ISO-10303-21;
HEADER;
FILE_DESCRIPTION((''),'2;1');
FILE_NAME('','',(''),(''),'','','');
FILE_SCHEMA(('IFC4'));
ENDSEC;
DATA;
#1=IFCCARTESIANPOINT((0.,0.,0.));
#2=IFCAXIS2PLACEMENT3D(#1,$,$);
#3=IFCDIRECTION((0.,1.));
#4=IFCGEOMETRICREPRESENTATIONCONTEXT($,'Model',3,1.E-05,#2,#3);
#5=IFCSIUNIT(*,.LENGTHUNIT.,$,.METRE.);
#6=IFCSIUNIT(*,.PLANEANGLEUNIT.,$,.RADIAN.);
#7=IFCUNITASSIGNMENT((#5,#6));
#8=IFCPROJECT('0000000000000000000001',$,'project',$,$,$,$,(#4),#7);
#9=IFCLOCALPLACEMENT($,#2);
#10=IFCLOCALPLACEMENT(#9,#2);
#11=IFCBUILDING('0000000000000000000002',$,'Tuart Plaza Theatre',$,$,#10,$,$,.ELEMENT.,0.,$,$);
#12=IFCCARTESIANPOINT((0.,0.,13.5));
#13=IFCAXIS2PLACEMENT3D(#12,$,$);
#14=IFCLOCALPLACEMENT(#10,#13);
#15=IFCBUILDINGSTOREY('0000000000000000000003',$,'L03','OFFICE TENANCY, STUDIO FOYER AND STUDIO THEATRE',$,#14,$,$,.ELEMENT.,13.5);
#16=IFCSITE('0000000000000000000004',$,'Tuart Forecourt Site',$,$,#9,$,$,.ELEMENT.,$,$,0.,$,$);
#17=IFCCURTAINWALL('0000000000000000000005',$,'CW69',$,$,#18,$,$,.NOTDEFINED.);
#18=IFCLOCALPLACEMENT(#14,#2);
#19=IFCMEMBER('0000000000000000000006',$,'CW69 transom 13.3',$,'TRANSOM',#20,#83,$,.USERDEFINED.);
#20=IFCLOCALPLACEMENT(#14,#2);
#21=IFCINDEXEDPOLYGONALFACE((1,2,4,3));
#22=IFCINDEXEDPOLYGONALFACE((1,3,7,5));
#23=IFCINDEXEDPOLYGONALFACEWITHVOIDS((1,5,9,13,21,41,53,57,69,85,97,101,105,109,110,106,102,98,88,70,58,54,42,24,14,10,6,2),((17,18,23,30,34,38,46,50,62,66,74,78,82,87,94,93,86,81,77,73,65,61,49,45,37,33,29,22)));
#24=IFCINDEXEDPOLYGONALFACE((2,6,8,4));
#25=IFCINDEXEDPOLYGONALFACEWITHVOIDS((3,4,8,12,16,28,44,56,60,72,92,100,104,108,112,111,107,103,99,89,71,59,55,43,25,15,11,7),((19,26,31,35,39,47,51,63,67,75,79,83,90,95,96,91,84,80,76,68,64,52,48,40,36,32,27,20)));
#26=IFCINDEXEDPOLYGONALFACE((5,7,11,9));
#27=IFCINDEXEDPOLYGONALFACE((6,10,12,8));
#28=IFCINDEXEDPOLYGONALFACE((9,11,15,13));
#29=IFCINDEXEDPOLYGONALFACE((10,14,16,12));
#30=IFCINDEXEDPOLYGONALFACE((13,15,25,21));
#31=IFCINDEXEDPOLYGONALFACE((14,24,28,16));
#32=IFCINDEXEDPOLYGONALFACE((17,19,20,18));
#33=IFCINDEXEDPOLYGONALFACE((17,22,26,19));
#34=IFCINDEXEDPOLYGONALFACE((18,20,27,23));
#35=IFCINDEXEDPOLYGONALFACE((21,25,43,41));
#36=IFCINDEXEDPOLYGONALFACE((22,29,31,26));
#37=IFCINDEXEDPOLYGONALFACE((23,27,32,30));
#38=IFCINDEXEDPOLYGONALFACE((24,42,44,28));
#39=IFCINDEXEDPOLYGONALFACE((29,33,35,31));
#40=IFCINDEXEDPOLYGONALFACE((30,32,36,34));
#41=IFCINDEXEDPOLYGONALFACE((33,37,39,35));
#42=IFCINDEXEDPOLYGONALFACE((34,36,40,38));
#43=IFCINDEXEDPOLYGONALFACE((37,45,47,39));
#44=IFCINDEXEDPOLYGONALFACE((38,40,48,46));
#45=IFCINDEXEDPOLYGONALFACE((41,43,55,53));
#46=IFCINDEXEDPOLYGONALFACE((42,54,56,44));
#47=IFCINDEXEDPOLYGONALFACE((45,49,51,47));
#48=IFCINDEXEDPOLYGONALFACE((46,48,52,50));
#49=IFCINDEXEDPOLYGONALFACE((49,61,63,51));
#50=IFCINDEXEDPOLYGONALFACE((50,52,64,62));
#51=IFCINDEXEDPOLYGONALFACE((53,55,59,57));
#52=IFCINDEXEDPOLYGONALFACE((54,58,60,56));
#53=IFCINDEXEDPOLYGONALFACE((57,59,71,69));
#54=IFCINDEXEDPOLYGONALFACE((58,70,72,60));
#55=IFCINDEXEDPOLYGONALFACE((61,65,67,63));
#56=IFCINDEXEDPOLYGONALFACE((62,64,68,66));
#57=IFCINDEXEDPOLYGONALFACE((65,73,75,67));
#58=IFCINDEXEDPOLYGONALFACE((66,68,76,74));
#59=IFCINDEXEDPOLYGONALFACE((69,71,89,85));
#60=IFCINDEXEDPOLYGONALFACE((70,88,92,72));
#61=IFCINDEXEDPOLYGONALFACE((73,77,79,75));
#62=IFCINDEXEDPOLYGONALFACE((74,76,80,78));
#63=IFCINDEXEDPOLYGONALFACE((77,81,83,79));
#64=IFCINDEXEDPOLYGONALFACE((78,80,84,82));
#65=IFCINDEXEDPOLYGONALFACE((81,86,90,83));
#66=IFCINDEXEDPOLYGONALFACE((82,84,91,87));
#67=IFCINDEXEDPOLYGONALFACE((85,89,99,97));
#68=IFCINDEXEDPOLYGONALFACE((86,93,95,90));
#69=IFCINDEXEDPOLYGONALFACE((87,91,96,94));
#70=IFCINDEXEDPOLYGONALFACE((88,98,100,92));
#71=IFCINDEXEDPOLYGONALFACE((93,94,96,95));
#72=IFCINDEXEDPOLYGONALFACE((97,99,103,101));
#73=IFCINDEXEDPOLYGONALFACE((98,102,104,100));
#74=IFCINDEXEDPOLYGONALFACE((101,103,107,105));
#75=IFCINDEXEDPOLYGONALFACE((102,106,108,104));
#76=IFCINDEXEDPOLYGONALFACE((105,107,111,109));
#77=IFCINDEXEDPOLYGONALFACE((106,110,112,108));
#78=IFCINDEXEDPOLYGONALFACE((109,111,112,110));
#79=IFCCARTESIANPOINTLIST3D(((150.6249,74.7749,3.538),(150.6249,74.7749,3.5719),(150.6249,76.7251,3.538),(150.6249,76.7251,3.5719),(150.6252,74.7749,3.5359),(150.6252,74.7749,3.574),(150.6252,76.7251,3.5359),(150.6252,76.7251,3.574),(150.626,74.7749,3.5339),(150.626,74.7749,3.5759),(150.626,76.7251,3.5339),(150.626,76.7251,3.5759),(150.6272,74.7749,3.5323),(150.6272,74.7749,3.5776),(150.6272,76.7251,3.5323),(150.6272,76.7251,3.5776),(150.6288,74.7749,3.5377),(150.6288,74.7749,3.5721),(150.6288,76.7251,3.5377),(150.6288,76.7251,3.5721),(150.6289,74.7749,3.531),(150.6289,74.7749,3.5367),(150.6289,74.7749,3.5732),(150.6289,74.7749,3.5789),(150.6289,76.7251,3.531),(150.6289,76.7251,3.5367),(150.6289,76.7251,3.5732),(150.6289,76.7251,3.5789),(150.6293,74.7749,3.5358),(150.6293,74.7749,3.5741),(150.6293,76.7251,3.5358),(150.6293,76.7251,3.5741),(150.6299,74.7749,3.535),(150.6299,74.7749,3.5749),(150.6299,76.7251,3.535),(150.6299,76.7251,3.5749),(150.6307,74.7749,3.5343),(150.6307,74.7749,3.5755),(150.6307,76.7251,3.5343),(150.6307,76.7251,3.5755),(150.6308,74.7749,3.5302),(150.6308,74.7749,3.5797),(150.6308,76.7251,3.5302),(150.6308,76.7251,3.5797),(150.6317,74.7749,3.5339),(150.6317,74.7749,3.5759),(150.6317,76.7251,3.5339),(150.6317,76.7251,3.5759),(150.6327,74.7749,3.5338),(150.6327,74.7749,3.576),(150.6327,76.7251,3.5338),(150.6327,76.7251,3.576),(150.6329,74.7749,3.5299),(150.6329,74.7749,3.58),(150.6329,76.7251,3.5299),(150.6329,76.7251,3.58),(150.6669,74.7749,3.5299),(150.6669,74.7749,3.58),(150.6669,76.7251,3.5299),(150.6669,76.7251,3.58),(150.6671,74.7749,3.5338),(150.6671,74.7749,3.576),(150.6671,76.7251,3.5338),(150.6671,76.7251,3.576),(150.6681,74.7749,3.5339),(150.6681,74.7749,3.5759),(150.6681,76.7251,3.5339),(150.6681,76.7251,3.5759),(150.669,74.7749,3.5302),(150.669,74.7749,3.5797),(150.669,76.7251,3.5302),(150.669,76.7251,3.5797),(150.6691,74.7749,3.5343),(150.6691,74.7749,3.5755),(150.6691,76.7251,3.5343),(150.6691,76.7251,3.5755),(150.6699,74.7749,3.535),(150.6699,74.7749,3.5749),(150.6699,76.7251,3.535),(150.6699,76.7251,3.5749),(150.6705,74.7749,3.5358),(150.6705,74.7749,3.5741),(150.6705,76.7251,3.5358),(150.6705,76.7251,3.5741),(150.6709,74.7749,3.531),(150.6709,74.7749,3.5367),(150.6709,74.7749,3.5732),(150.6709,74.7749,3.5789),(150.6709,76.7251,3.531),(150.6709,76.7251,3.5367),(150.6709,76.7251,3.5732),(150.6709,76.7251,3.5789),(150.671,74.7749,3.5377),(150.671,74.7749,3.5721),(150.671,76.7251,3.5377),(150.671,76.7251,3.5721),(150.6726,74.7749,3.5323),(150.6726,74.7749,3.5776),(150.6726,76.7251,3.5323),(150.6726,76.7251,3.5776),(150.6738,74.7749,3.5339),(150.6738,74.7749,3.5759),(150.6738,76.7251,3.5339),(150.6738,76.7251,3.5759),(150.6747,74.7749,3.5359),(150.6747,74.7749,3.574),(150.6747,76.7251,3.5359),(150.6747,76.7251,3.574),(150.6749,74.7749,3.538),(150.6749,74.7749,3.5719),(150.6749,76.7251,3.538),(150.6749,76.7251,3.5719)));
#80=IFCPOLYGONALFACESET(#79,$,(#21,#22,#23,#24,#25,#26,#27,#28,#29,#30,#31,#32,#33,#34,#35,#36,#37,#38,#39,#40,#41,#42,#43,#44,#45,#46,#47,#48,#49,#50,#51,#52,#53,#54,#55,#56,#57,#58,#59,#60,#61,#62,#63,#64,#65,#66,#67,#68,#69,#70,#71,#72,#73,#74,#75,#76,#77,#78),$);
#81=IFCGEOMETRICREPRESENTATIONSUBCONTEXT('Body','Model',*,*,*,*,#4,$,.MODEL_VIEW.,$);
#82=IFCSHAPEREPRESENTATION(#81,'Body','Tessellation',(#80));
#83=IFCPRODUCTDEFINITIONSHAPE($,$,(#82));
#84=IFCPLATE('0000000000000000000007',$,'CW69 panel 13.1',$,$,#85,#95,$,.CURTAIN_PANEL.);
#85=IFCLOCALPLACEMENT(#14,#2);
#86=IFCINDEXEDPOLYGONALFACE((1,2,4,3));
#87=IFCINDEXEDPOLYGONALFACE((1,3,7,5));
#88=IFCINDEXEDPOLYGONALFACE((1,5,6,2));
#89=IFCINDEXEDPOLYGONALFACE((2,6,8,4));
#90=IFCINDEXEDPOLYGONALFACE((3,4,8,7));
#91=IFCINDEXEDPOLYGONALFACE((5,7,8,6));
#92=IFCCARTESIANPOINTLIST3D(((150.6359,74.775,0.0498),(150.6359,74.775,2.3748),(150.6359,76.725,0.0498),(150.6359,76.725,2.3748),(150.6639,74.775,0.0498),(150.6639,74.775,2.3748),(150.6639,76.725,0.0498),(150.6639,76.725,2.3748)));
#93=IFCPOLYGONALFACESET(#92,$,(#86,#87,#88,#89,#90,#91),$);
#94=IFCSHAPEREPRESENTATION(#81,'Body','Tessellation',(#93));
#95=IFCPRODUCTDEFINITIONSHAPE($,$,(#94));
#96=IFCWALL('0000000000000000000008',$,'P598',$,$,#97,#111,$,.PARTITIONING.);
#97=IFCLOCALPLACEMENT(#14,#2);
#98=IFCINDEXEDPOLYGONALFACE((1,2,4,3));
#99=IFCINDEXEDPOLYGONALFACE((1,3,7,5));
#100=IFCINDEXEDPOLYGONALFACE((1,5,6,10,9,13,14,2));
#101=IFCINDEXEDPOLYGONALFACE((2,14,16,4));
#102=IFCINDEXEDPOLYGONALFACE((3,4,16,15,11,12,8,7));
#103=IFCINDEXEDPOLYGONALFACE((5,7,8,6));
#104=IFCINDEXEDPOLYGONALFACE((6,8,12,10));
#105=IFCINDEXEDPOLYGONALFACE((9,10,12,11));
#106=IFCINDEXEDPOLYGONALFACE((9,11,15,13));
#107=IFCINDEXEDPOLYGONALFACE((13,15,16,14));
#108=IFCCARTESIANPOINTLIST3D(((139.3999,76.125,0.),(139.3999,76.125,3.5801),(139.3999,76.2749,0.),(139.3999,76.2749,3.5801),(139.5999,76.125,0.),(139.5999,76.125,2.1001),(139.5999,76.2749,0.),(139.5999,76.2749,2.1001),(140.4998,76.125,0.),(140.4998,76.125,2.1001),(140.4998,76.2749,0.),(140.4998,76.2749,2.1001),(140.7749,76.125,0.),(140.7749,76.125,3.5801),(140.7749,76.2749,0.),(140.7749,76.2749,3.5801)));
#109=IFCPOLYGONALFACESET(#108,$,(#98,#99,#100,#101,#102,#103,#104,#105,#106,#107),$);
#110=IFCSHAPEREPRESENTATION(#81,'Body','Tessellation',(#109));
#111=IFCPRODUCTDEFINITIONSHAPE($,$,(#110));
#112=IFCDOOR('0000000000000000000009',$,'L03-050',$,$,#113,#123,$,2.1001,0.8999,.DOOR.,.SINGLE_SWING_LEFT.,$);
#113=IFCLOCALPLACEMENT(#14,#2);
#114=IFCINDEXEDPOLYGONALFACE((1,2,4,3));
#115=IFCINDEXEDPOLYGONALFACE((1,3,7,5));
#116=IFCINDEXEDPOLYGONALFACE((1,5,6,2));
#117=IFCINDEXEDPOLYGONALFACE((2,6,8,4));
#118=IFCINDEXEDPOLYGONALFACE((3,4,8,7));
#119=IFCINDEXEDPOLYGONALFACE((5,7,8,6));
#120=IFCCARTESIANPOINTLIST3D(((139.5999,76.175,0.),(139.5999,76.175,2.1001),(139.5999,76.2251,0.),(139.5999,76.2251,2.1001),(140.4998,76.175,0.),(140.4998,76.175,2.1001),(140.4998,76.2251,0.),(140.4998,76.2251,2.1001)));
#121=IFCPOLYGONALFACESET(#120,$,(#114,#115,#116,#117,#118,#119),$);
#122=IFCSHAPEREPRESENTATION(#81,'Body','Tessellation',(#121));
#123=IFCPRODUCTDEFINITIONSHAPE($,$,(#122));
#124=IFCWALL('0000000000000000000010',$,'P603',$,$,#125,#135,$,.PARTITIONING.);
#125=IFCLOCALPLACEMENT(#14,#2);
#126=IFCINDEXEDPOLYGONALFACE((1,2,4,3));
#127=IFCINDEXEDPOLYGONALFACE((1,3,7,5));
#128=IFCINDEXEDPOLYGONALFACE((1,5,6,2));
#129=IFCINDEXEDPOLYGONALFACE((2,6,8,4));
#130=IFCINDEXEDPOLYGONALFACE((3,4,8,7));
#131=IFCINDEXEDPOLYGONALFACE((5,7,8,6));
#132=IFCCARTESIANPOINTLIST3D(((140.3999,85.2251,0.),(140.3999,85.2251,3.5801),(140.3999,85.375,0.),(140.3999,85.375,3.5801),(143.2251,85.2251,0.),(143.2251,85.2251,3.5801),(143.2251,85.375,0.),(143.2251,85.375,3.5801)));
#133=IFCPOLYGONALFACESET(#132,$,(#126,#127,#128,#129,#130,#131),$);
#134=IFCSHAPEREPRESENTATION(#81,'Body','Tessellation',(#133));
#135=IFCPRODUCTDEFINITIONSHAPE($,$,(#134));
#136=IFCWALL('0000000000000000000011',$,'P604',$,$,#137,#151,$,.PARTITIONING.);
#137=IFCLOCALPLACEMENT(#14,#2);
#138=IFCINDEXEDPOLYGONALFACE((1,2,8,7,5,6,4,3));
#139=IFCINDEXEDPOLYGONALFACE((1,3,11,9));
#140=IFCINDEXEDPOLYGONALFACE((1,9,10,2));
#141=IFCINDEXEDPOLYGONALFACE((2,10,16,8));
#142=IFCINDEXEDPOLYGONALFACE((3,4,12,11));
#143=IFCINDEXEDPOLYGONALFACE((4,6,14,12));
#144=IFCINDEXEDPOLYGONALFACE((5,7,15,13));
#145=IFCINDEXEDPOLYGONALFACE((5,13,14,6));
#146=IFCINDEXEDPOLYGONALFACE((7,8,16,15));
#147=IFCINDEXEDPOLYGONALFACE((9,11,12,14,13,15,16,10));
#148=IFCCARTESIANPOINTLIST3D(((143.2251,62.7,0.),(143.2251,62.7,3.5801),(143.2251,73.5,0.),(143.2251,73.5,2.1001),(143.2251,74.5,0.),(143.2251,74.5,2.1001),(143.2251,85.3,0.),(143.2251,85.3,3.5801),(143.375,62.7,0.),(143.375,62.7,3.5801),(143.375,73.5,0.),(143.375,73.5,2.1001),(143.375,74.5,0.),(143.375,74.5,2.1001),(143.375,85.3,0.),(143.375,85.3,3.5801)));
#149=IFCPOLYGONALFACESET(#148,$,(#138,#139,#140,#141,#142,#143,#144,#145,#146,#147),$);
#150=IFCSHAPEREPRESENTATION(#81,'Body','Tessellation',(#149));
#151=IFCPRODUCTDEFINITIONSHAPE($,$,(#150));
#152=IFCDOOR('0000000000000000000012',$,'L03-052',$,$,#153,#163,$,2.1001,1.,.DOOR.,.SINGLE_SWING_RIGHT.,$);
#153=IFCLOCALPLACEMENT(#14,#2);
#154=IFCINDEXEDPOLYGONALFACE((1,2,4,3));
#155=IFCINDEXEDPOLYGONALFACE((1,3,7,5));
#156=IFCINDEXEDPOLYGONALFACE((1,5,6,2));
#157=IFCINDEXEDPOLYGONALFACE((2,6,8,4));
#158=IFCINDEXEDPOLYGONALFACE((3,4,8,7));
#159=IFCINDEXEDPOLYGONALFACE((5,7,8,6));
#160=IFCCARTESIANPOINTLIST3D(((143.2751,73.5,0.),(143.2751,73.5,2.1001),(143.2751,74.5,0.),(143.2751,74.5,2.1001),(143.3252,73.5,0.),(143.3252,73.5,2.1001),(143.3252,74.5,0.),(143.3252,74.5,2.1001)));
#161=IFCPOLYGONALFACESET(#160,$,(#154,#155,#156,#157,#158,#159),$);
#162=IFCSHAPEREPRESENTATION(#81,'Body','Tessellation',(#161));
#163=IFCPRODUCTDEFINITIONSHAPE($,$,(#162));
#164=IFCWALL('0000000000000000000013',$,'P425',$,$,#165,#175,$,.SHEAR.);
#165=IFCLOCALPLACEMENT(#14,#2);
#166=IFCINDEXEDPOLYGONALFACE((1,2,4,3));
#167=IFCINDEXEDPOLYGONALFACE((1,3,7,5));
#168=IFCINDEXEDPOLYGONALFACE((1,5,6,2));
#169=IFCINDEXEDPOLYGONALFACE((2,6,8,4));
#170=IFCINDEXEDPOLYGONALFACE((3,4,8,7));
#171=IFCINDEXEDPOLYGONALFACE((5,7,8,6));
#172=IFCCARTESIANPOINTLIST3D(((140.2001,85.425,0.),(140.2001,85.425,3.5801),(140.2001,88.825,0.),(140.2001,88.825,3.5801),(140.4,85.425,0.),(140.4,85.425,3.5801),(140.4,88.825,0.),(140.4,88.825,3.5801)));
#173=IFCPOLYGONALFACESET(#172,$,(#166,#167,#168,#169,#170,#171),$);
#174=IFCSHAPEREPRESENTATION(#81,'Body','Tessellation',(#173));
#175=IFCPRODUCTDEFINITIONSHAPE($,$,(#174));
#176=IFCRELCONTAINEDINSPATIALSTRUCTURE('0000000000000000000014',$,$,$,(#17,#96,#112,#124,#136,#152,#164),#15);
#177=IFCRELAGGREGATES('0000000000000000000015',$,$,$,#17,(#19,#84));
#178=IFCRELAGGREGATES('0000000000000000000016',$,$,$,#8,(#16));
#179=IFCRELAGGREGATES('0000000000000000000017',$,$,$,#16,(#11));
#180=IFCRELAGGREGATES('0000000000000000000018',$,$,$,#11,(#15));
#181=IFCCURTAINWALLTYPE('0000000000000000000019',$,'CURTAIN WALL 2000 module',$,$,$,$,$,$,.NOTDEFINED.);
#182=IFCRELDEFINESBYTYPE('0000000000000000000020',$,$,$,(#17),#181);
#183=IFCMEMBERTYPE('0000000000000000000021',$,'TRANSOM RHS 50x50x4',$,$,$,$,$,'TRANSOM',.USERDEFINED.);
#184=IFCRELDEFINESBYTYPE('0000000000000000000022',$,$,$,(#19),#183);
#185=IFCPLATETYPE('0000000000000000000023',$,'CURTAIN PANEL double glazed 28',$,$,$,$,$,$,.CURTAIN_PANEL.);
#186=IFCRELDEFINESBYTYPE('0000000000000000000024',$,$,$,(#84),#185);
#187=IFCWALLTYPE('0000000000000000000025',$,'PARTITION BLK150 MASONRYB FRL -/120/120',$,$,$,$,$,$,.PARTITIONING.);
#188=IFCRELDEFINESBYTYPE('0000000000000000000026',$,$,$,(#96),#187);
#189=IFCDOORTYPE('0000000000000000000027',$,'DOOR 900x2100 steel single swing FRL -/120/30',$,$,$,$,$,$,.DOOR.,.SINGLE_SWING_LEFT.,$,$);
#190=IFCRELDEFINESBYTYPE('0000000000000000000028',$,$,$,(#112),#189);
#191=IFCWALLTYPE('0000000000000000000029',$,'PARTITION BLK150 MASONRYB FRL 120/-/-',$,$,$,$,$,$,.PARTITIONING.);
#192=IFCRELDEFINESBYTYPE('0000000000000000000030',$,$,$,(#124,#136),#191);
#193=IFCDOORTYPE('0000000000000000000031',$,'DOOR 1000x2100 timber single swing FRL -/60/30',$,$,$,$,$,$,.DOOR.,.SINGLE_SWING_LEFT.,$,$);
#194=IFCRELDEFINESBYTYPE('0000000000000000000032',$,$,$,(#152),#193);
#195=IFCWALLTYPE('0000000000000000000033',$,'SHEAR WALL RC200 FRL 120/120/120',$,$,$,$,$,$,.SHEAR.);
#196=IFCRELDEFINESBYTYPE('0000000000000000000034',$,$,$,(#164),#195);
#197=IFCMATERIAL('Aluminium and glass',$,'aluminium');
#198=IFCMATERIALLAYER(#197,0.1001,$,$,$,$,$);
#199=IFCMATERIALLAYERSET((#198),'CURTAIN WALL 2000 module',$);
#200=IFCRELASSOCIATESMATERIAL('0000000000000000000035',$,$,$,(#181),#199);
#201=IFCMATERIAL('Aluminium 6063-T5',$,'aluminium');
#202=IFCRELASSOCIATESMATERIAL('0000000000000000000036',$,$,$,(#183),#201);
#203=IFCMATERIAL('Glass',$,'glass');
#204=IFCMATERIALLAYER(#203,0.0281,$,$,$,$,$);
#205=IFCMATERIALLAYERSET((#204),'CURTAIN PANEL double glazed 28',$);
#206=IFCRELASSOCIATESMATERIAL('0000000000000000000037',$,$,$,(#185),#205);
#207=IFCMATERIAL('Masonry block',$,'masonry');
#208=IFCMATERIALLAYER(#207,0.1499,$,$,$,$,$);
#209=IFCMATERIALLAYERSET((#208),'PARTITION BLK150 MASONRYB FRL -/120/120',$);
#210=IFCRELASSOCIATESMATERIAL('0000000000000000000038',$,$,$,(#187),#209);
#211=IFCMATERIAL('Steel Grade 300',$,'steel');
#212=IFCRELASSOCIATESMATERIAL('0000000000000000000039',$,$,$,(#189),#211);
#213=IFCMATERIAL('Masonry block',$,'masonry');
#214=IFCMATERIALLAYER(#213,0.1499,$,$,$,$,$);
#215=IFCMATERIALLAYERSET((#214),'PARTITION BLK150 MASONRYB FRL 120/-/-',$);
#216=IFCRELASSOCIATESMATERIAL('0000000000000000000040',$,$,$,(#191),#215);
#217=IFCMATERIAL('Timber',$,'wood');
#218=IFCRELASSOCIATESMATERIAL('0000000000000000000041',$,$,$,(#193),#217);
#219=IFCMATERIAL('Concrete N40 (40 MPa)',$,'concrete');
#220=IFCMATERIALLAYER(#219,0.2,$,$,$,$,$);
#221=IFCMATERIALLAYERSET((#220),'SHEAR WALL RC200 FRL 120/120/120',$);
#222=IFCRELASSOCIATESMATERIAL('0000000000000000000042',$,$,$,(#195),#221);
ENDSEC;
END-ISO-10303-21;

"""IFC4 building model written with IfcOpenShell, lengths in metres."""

from ifc_helpers import new_model, si_unit, direction, frame, frame_2d, origin, origin_2d, place, context, subcontext, project, spatial, rectangle, hollow_rectangle, extrude, material, layer, layer_set, material_profile, profile_set, type_object, element, fill, aggregate, save


model = new_model("IFC4")

# Units and contexts
model_context = context("Model", 3, precision=1e-05, world=origin(), true_north=direction((0.0, 1.0)))
body_context = subcontext(model_context, "Body", "Model", "MODEL_VIEW")
ifc_project = project(units=[si_unit("LENGTHUNIT", "METRE"), si_unit("PLANEANGLEUNIT", "RADIAN")], contexts=[model_context])

# Site, building, storey
site_placement = place(None, origin())
site = spatial("IfcSite", under=ifc_project, at=site_placement, Name="Tuart Forecourt Site", CompositionType="ELEMENT", RefElevation=0.0)
building_placement = place(site_placement, origin())
building = spatial("IfcBuilding", under=site, at=building_placement, Name="Tuart Plaza Theatre", CompositionType="ELEMENT", ElevationOfRefHeight=0.0)
storey_placement = place(building_placement, frame((0.0, 0.0, 13.5)))
storey = spatial("IfcBuildingStorey", under=building, at=storey_placement, Name="L03", Description="OFFICE TENANCY, STUDIO FOYER AND STUDIO THEATRE", CompositionType="ELEMENT", Elevation=13.5)

# Curtain wall, member, plate
ifc_material_1 = material(Name="Aluminium and glass", Category="aluminium")
ifc_layer_1 = layer(ifc_material_1, 0.1001)
ifc_layer_set_1 = layer_set([ifc_layer_1], Name="CURTAIN WALL 2000 module")
curtain_wall_type = type_object("IfcCurtainWallType", Name="CURTAIN WALL 2000 module", PredefinedType="NOTDEFINED", material=ifc_layer_set_1)
curtain_wall_placement = place(storey_placement, origin())
curtain_wall = element("IfcCurtainWall", 1, at=curtain_wall_placement, inside=storey, type_object=curtain_wall_type, Name="CW69", PredefinedType="NOTDEFINED")
ifc_material_2 = material(Name="Aluminium 6063-T5", Category="aluminium")
ifc_material_profile_1 = material_profile(ifc_material_2, hollow_rectangle(XDim=0.05, YDim=0.05, WallThickness=0.0039, InnerFilletRadius=0.0039, OuterFilletRadius=0.0081, at=origin_2d()), Name="RHS 50x50x4")
ifc_profile_set_1 = profile_set([ifc_material_profile_1], Name="Aluminium 6063-T5")
member_type_1 = type_object("IfcMemberType", Name="TRANSOM RHS 50x50x4", ElementType="TRANSOM", PredefinedType="USERDEFINED", material=ifc_profile_set_1)
member_1_placement = place(storey_placement, frame((150.6499, 74.7749, 3.5549), z_axis=(0.0, 1.0, 0.0), x_axis=(-1.0, 0.0, 0.0)))
member_1 = element("IfcMember", 2, at=member_1_placement, type_object=member_type_1, Name="CW69 transom 13.3", ObjectType="TRANSOM", PredefinedType="USERDEFINED", context=body_context, shape_type="SweptSolid", body=[
    extrude(hollow_rectangle(XDim=0.05, YDim=0.05, WallThickness=0.0039, InnerFilletRadius=0.0039, OuterFilletRadius=0.0081, at=origin_2d()), origin(), (0.0, 0.0, 1.0), 1.9502),
])
ifc_material_3 = material(Name="Glass", Category="glass")
ifc_layer_2 = layer(ifc_material_3, 0.0281)
ifc_layer_set_2 = layer_set([ifc_layer_2], Name="CURTAIN PANEL double glazed 28")
plate_type = type_object("IfcPlateType", Name="CURTAIN PANEL double glazed 28", PredefinedType="CURTAIN_PANEL", material=ifc_layer_set_2)
plate_placement = place(storey_placement, frame((150.6499, 75.75, 0.0498), z_axis=(0.0, 0.0, 1.0), x_axis=(0.0, 1.0, 0.0)))
plate = element("IfcPlate", 3, at=plate_placement, type_object=plate_type, Name="CW69 panel 13.1", PredefinedType="CURTAIN_PANEL", context=body_context, shape_type="SweptSolid", body=[
    extrude(rectangle(XDim=1.95, YDim=0.0281, at=origin_2d()), origin(), (0.0, 0.0, 1.0), 2.325),
])
aggregate(curtain_wall, [member_1, plate])

# Wall, opening, door
ifc_material_4 = material(Name="Masonry block", Category="masonry")
ifc_layer_3 = layer(ifc_material_4, 0.1499)
ifc_layer_set_3 = layer_set([ifc_layer_3], Name="PARTITION BLK150 MASONRYB FRL -/120/120")
wall_type_1 = type_object("IfcWallType", Name="PARTITION BLK150 MASONRYB FRL -/120/120", PredefinedType="PARTITIONING", material=ifc_layer_set_3)
wall_1_placement = place(storey_placement, frame((139.3999, 76.2, 0.0), z_axis=(0.0, 0.0, 1.0), x_axis=(1.0, 0.0, 0.0)))
wall_1 = element("IfcWall", 4, at=wall_1_placement, inside=storey, type_object=wall_type_1, Name="P598", PredefinedType="PARTITIONING", context=body_context, shape_type="SweptSolid", body=[
    extrude(rectangle(XDim=1.375, YDim=0.1499, at=frame_2d((0.6875, 0.0))), origin(), (0.0, 0.0, 1.0), 3.5801),
])
opening_1_placement = place(wall_1_placement, frame((0.2, 0.0, 0.0)))
opening_1 = element("IfcOpeningElement", 5, at=opening_1_placement, cuts=wall_1, PredefinedType="OPENING", context=body_context, shape_type="SweptSolid", body=[
    extrude(rectangle(XDim=0.8999, YDim=2.1001, at=frame_2d((0.45, 1.05))), frame((0.0, 0.085, 0.0), z_axis=(0.0, -1.0, 0.0), x_axis=(1.0, 0.0, 0.0)), (0.0, 0.0, 1.0), 0.1699),
])
ifc_material_5 = material(Name="Steel Grade 300", Category="steel")
door_type_1 = type_object("IfcDoorType", Name="DOOR 900x2100 steel single swing FRL -/120/30", OperationType="SINGLE_SWING_LEFT", PredefinedType="DOOR", material=ifc_material_5)
door_1_placement = place(opening_1_placement, frame((0.8999, 0.0, 0.0), z_axis=(0.0, 0.0, 1.0), x_axis=(-1.0, 0.0, 0.0)))
door_1 = element("IfcDoor", 6, at=door_1_placement, inside=storey, type_object=door_type_1, Name="L03-050", OperationType="SINGLE_SWING_LEFT", OverallHeight=2.1001, OverallWidth=0.8999, PredefinedType="DOOR", context=body_context, shape_type="SweptSolid", body=[
    extrude(rectangle(XDim=0.8999, YDim=2.1001, at=frame_2d((0.45, 1.05))), frame((0.0, 0.0249, 0.0), z_axis=(0.0, -1.0, 0.0), x_axis=(1.0, 0.0, 0.0)), (0.0, 0.0, 1.0), 0.05),
])
fill(opening_1, door_1)

# Wall
ifc_material_6 = material(Name="Masonry block", Category="masonry")
ifc_layer_4 = layer(ifc_material_6, 0.1499)
ifc_layer_set_4 = layer_set([ifc_layer_4], Name="PARTITION BLK150 MASONRYB FRL 120/-/-")
wall_type_2 = type_object("IfcWallType", Name="PARTITION BLK150 MASONRYB FRL 120/-/-", PredefinedType="PARTITIONING", material=ifc_layer_set_4)
wall_2_placement = place(storey_placement, frame((140.3999, 85.3, 0.0), z_axis=(0.0, 0.0, 1.0), x_axis=(1.0, 0.0, 0.0)))
element("IfcWall", 7, at=wall_2_placement, inside=storey, type_object=wall_type_2, Name="P603", PredefinedType="PARTITIONING", context=body_context, shape_type="SweptSolid", body=[
    extrude(rectangle(XDim=2.8252, YDim=0.1499, at=frame_2d((1.4126, 0.0))), origin(), (0.0, 0.0, 1.0), 3.5801),
])

# Wall, opening, door
wall_3_placement = place(storey_placement, frame((143.3, 85.3, 0.0), z_axis=(0.0, 0.0, 1.0), x_axis=(0.0, -1.0, 0.0)))
wall_3 = element("IfcWall", 8, at=wall_3_placement, inside=storey, type_object=wall_type_2, Name="P604", PredefinedType="PARTITIONING", context=body_context, shape_type="SweptSolid", body=[
    extrude(rectangle(XDim=22.6001, YDim=0.1499, at=frame_2d((11.3, 0.0))), origin(), (0.0, 0.0, 1.0), 3.5801),
])
opening_2_placement = place(wall_3_placement, frame((10.8, 0.0, 0.0)))
opening_2 = element("IfcOpeningElement", 9, at=opening_2_placement, cuts=wall_3, PredefinedType="OPENING", context=body_context, shape_type="SweptSolid", body=[
    extrude(rectangle(XDim=1.0, YDim=2.1001, at=frame_2d((0.5, 1.05))), frame((0.0, 0.085, 0.0), z_axis=(0.0, -1.0, 0.0), x_axis=(1.0, 0.0, 0.0)), (0.0, 0.0, 1.0), 0.1699),
])
ifc_material_7 = material(Name="Timber", Category="wood")
door_type_2 = type_object("IfcDoorType", Name="DOOR 1000x2100 timber single swing FRL -/60/30", OperationType="SINGLE_SWING_LEFT", PredefinedType="DOOR", material=ifc_material_7)
door_2_placement = place(opening_2_placement, frame((1.0, 0.0, 0.0), z_axis=(0.0, 0.0, 1.0), x_axis=(-1.0, 0.0, 0.0)))
door_2 = element("IfcDoor", 10, at=door_2_placement, inside=storey, type_object=door_type_2, Name="L03-052", OperationType="SINGLE_SWING_RIGHT", OverallHeight=2.1001, OverallWidth=1.0, PredefinedType="DOOR", context=body_context, shape_type="SweptSolid", body=[
    extrude(rectangle(XDim=1.0, YDim=2.1001, at=frame_2d((0.5, 1.05))), frame((0.0, 0.0249, 0.0), z_axis=(0.0, -1.0, 0.0), x_axis=(1.0, 0.0, 0.0)), (0.0, 0.0, 1.0), 0.05),
])
fill(opening_2, door_2)

# Wall
ifc_material_8 = material(Name="Concrete N40 (40 MPa)", Category="concrete")
ifc_layer_5 = layer(ifc_material_8, 0.2)
ifc_layer_set_5 = layer_set([ifc_layer_5], Name="SHEAR WALL RC200 FRL 120/120/120")
wall_type_3 = type_object("IfcWallType", Name="SHEAR WALL RC200 FRL 120/120/120", PredefinedType="SHEAR", material=ifc_layer_set_5)
wall_4_placement = place(storey_placement, frame((140.3, 85.425, 0.0), z_axis=(0.0, 0.0, 1.0), x_axis=(0.0, 1.0, 0.0)))
element("IfcWall", 11, at=wall_4_placement, inside=storey, type_object=wall_type_3, Name="P425", PredefinedType="SHEAR", context=body_context, shape_type="SweptSolid", body=[
    extrude(rectangle(XDim=3.3999, YDim=0.2, at=frame_2d((1.7, 0.0))), origin(), (0.0, 0.0, 1.0), 3.5801),
])

save(model, "model.ifc")
